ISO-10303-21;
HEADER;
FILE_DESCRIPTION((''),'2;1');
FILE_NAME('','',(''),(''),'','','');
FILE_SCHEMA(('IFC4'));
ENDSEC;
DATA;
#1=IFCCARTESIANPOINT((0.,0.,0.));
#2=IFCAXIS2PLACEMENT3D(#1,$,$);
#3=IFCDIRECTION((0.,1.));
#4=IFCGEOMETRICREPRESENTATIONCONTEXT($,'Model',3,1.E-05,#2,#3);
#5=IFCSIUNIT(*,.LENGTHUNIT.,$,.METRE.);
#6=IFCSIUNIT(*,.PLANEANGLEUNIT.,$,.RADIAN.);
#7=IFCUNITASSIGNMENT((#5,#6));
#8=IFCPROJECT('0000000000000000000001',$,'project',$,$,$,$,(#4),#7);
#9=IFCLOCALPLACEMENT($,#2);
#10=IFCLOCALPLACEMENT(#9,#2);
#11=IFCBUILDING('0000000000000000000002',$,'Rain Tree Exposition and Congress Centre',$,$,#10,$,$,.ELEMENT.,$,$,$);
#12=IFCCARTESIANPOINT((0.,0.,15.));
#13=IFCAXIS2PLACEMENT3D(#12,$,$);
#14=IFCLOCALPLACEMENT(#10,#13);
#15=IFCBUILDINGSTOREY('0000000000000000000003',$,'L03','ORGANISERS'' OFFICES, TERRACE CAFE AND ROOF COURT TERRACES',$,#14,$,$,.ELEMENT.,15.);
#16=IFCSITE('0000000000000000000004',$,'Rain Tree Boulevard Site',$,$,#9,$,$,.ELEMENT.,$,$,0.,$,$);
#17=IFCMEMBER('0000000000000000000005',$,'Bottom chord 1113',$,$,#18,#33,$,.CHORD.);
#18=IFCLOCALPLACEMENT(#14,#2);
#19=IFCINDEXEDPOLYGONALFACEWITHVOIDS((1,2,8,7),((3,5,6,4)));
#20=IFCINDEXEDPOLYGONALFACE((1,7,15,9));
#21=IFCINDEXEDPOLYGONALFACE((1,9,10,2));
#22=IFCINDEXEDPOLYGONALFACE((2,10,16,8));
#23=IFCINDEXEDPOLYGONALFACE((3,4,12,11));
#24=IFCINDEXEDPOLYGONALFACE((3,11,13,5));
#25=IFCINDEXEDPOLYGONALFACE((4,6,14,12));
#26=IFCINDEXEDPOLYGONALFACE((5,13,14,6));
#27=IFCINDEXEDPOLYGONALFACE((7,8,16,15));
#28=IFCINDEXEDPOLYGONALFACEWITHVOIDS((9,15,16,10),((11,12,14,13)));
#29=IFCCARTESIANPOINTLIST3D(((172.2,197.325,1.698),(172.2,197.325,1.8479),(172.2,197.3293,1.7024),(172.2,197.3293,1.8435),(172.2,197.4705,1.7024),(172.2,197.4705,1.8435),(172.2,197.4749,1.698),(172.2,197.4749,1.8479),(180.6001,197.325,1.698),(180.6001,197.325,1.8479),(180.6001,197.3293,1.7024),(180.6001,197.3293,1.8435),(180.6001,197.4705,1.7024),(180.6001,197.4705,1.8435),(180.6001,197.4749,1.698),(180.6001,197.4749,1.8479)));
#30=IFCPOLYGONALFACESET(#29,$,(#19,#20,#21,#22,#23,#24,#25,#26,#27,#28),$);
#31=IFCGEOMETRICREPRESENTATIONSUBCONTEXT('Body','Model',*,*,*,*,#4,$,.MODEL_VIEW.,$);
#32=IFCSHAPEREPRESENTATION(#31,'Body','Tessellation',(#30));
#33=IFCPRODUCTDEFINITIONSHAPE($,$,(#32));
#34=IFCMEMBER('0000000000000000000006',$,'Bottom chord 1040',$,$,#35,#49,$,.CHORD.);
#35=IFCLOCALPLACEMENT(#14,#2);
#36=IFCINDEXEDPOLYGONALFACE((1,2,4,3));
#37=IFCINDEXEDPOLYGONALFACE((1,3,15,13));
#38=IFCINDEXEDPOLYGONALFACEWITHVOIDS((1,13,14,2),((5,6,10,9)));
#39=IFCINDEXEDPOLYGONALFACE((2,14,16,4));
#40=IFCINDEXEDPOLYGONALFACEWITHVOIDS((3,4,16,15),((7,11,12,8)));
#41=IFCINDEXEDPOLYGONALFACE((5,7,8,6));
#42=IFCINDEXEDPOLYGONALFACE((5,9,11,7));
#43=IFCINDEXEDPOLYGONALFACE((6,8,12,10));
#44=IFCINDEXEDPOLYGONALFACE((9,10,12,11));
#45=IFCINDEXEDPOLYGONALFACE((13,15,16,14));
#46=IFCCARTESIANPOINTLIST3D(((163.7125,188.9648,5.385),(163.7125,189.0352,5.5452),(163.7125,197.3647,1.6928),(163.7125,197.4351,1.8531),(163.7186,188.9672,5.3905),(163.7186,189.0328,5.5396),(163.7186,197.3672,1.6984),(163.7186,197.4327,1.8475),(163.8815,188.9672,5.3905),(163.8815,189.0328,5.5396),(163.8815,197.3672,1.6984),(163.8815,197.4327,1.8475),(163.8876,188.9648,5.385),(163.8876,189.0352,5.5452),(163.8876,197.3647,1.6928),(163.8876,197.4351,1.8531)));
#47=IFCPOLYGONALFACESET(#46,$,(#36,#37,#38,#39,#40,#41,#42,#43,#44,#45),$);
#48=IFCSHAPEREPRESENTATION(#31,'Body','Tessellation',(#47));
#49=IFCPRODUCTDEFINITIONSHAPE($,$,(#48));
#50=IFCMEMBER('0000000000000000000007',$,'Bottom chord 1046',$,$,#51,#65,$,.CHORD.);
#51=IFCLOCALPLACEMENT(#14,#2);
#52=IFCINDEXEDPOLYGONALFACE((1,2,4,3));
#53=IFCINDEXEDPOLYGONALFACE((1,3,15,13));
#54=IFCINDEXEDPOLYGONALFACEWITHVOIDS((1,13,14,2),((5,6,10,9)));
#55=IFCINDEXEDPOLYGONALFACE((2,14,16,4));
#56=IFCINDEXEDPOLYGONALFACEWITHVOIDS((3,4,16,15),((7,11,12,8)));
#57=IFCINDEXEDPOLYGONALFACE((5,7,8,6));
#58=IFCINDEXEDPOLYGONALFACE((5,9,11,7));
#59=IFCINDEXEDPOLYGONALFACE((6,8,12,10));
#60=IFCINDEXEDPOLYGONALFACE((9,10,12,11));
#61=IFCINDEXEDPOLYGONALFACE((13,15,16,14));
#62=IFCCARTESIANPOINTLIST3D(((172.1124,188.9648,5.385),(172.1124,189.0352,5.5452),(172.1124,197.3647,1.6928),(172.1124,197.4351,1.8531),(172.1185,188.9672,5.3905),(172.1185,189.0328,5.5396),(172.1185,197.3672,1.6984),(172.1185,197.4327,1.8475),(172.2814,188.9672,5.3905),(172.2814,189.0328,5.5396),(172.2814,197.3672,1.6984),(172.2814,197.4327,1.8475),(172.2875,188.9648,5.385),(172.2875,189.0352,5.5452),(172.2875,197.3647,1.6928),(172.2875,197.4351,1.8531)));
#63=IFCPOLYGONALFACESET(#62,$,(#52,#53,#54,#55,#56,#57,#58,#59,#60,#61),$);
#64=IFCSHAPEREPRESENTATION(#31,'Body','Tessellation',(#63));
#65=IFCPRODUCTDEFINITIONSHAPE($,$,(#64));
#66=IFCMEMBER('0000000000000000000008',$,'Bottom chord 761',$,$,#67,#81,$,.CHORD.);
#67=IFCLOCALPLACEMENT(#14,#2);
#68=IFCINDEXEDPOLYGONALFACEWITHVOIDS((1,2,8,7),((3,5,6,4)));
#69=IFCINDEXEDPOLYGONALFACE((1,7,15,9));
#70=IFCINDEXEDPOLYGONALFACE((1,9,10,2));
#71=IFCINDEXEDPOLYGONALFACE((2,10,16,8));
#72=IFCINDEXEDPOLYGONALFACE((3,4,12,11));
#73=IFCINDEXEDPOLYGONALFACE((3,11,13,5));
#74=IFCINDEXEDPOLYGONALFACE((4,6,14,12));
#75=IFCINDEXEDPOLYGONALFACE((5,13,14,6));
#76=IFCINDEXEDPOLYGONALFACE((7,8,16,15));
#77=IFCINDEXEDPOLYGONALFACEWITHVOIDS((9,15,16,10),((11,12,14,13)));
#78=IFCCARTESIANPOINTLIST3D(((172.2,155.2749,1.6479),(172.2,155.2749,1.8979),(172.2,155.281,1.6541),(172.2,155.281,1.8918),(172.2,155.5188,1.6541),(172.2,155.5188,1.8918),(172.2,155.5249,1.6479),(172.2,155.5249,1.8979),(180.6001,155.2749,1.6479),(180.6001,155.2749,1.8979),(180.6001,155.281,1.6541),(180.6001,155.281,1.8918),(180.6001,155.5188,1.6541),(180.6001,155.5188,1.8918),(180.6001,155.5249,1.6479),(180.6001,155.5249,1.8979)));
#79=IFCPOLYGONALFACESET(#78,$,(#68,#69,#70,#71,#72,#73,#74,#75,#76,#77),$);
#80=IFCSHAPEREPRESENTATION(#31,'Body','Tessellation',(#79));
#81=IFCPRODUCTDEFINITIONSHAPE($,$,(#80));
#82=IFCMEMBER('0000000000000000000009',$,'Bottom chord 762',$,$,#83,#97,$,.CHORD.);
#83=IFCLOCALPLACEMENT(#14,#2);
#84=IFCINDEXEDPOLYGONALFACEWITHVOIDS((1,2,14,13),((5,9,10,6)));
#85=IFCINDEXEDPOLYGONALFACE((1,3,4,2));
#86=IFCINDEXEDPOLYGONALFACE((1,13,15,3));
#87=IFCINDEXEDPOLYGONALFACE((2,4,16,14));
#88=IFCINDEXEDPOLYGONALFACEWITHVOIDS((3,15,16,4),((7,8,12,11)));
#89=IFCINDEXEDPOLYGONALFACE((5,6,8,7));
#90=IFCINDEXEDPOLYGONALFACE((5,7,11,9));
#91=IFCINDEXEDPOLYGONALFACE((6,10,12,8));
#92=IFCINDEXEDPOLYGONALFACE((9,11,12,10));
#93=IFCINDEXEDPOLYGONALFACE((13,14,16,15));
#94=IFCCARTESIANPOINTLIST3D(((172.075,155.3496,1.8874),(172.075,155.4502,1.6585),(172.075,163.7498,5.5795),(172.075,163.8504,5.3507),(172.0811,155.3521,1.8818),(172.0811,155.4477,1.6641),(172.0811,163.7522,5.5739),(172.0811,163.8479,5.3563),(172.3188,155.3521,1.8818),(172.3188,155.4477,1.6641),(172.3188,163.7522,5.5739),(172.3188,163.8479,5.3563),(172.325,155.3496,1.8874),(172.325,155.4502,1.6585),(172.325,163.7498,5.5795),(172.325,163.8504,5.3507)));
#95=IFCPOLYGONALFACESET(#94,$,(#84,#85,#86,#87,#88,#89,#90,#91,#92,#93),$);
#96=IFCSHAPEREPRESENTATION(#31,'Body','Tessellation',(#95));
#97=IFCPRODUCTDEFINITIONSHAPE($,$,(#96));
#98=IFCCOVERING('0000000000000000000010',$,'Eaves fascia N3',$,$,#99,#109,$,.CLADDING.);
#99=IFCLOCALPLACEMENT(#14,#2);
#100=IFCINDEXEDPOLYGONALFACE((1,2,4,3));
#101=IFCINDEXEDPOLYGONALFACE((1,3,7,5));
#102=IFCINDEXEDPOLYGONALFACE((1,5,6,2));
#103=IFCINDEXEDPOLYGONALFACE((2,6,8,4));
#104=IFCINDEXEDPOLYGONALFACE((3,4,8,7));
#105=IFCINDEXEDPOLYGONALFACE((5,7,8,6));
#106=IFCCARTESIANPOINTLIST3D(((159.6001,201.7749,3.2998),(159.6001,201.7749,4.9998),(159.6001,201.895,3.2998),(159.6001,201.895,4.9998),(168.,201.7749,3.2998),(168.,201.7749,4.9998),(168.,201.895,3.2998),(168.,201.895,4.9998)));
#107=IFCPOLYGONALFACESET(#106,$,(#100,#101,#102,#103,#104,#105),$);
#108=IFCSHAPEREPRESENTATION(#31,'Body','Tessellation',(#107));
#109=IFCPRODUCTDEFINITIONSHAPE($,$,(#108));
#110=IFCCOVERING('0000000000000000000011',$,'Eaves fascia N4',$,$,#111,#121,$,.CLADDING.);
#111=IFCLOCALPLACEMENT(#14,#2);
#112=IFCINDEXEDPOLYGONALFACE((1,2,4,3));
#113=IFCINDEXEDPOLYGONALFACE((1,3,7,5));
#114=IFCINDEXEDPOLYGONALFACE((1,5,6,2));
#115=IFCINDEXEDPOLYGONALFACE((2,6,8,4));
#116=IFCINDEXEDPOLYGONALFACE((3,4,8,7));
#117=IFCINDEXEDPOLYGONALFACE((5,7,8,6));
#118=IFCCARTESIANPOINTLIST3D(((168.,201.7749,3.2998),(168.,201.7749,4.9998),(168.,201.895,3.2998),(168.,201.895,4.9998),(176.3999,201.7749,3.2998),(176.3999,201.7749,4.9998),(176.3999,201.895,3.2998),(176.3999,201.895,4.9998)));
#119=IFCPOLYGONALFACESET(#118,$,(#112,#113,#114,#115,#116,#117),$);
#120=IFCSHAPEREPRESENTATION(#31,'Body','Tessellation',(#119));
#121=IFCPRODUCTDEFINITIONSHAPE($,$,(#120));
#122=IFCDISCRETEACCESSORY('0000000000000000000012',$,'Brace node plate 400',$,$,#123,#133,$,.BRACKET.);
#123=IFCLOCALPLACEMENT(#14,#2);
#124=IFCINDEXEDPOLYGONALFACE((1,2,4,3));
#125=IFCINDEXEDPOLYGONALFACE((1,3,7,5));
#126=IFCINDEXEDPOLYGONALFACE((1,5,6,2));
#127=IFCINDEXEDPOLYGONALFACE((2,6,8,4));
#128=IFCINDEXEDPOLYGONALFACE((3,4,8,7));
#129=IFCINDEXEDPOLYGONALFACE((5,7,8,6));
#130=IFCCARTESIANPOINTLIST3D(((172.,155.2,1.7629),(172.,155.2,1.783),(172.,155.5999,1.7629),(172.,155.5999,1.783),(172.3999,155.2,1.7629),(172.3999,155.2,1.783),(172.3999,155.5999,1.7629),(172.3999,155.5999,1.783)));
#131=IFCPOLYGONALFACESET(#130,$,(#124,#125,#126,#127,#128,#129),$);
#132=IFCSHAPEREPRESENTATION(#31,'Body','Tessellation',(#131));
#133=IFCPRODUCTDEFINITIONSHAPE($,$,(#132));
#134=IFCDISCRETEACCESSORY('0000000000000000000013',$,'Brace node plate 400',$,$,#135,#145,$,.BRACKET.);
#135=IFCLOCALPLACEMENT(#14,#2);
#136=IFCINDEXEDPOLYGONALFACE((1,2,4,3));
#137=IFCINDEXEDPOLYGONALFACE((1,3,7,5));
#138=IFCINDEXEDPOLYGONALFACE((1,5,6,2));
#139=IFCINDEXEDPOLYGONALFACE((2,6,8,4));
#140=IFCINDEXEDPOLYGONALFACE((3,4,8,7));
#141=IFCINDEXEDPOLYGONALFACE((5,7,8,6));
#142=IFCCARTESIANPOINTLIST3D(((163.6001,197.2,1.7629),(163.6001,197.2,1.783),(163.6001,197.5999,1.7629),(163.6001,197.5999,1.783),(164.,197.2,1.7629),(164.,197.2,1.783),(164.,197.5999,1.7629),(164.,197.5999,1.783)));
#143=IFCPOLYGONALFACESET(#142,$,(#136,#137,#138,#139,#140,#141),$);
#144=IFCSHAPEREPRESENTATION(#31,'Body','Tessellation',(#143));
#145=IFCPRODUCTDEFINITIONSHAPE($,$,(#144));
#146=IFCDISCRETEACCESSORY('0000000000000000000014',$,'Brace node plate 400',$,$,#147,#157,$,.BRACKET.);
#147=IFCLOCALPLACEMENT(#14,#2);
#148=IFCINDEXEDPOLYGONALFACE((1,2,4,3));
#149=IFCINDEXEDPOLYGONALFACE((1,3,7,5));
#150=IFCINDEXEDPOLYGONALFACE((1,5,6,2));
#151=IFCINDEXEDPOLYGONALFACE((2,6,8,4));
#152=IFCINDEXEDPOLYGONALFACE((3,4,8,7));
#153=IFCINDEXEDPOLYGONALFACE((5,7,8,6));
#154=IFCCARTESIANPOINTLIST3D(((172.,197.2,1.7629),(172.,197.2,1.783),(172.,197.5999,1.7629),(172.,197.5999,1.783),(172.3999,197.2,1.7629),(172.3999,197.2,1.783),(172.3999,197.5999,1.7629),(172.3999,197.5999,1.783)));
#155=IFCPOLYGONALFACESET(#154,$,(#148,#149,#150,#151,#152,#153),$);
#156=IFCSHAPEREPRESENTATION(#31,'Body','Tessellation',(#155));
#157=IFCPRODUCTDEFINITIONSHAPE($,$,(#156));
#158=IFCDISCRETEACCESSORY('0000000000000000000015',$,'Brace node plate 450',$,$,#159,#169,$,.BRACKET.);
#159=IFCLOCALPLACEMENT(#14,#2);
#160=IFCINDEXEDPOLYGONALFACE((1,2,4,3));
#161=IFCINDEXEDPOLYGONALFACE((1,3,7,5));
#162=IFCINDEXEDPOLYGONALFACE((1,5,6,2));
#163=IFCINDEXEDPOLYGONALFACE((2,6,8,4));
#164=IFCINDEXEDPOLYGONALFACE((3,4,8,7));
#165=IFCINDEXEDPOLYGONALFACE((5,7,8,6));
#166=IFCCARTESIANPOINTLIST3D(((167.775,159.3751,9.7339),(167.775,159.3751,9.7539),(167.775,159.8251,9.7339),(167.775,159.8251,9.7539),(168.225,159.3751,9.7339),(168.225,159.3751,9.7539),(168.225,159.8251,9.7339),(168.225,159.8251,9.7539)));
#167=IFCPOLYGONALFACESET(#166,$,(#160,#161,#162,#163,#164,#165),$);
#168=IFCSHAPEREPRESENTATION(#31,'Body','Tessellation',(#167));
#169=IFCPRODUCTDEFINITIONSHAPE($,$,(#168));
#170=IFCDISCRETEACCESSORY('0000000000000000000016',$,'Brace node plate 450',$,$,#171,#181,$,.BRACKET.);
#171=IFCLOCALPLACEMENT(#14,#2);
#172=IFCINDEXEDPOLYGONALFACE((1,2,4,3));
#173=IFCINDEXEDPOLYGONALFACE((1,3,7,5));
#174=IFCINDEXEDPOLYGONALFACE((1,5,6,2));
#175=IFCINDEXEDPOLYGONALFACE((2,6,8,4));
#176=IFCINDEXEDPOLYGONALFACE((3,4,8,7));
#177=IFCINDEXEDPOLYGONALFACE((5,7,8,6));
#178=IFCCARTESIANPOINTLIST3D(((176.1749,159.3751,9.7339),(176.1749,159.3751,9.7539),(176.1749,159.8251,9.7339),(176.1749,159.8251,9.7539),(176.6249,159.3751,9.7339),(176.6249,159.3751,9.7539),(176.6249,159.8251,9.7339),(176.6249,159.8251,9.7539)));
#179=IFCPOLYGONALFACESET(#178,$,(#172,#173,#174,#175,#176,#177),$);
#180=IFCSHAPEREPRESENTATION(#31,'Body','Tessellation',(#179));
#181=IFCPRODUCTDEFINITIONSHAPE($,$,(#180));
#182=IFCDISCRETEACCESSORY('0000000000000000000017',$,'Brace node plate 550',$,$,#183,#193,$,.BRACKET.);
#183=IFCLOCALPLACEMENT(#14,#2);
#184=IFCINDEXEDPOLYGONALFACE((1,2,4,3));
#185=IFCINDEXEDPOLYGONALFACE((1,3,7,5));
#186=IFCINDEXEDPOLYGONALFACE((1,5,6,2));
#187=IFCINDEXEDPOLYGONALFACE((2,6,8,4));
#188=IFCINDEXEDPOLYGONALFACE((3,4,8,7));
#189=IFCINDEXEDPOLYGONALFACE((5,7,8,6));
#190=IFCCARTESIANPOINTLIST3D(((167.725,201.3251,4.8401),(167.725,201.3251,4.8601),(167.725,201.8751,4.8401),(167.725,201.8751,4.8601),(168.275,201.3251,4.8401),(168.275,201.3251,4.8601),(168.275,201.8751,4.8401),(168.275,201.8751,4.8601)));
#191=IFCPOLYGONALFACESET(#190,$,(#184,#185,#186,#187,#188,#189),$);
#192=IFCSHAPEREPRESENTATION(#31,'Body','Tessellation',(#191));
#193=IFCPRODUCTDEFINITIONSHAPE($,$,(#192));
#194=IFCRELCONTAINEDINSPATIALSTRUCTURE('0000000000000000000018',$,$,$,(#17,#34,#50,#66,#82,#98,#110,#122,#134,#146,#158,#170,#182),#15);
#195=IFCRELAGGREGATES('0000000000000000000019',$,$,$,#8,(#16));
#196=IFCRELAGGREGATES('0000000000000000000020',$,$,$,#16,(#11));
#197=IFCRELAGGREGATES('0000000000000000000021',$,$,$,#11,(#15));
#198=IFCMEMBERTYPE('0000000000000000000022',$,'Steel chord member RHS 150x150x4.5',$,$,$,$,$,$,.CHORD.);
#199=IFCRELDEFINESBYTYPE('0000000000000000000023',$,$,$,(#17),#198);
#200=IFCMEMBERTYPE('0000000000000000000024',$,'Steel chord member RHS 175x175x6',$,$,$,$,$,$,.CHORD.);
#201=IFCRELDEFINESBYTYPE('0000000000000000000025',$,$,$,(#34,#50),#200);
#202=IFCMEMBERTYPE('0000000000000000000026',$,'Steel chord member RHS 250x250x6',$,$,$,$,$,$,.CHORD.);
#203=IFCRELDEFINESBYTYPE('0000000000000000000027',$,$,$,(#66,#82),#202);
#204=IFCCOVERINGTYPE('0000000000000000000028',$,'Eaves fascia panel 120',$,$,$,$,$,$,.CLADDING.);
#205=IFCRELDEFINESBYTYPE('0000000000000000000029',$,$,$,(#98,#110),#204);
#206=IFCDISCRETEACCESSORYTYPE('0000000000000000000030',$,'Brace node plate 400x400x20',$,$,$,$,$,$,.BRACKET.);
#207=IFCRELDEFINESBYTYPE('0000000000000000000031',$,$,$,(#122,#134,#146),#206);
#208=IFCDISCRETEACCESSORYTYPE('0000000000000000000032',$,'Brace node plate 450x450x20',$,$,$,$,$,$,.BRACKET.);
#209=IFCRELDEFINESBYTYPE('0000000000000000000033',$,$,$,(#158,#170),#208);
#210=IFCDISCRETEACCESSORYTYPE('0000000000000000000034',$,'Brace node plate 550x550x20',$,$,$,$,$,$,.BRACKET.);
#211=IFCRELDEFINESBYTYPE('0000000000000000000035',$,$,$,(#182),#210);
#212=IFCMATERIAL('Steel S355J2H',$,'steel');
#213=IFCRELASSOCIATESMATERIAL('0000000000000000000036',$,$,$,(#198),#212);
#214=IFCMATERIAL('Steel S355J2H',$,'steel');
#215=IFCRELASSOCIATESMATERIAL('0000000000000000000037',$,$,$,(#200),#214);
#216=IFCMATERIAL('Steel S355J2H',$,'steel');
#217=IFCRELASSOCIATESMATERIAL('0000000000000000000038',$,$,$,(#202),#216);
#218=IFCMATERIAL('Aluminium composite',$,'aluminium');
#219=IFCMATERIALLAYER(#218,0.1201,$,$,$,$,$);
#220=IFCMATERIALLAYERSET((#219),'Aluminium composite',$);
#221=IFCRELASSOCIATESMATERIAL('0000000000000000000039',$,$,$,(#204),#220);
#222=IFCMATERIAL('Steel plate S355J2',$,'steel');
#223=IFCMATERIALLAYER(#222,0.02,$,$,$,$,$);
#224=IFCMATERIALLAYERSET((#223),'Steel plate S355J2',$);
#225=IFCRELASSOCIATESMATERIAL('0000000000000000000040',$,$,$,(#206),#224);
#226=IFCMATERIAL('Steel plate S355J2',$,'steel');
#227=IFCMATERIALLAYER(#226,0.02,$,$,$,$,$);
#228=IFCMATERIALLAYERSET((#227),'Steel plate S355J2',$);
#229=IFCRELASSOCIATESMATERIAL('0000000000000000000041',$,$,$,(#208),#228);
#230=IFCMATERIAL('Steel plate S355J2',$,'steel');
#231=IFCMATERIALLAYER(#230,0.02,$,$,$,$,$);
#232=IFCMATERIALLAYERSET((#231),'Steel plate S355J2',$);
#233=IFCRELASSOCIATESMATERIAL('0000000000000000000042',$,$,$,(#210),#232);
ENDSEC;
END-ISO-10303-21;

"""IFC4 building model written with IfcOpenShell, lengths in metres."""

from ifc_helpers import new_model, si_unit, direction, frame, origin, origin_2d, place, context, subcontext, project, spatial, rectangle, hollow_rectangle, extrude, material, layer, layer_set, material_profile, profile_set, type_object, element, save


model = new_model("IFC4")

# Units and contexts
model_context = context("Model", 3, precision=1e-05, world=origin(), true_north=direction((0.0, 1.0)))
body_context = subcontext(model_context, "Body", "Model", "MODEL_VIEW")
ifc_project = project(units=[si_unit("LENGTHUNIT", "METRE"), si_unit("PLANEANGLEUNIT", "RADIAN")], contexts=[model_context])

# Site, building, storey
site_placement = place(None, origin())
site = spatial("IfcSite", under=ifc_project, at=site_placement, Name="Rain Tree Boulevard Site", CompositionType="ELEMENT", RefElevation=0.0)
building_placement = place(site_placement, origin())
building = spatial("IfcBuilding", under=site, at=building_placement, Name="Rain Tree Exposition and Congress Centre", CompositionType="ELEMENT")
storey_placement = place(building_placement, frame((0.0, 0.0, 15.0)))
storey = spatial("IfcBuildingStorey", under=building, at=storey_placement, Name="L03", Description="ORGANISERS' OFFICES, TERRACE CAFE AND ROOF COURT TERRACES", CompositionType="ELEMENT", Elevation=15.0)

# Members
ifc_material_1 = material(Name="Steel S355J2H", Category="steel")
ifc_material_profile_1 = material_profile(ifc_material_1, hollow_rectangle(XDim=0.1499, YDim=0.1499, WallThickness=0.0044, at=origin_2d()), Name="RHS 150x150x4.5")
ifc_profile_set_1 = profile_set([ifc_material_profile_1], Name="Steel S355J2H")
member_type_1 = type_object("IfcMemberType", Name="Steel chord member RHS 150x150x4.5", PredefinedType="CHORD", material=ifc_profile_set_1)
member_1_placement = place(storey_placement, frame((172.2, 197.3999, 1.7729), z_axis=(1.0, 0.0, 0.0), x_axis=(0.0, 1.0, 0.0)))
element("IfcMember", 1, at=member_1_placement, inside=storey, type_object=member_type_1, Name="Bottom chord 1113", PredefinedType="CHORD", context=body_context, shape_type="SweptSolid", body=[
    extrude(hollow_rectangle(XDim=0.1499, YDim=0.1499, WallThickness=0.0044, at=origin_2d()), origin(), (0.0, 0.0, 1.0), 8.4001),
])
ifc_material_2 = material(Name="Steel S355J2H", Category="steel")
ifc_material_profile_2 = material_profile(ifc_material_2, hollow_rectangle(XDim=0.175, YDim=0.175, WallThickness=0.0061, at=origin_2d()), Name="RHS 175x175x6")
ifc_profile_set_2 = profile_set([ifc_material_profile_2], Name="Steel S355J2H")
member_type_2 = type_object("IfcMemberType", Name="Steel chord member RHS 175x175x6", PredefinedType="CHORD", material=ifc_profile_set_2)
for number, where, z_axis, x_axis, name in (
    (2, (163.8, 189.0, 5.4651), (0.0, 0.915468, -0.40239), (-1.0, 0.0, 0.0), "Bottom chord 1040"),
    (3, (172.2, 189.0, 5.4651), (0.0, 0.915468, -0.40239), (-1.0, 0.0, 0.0), "Bottom chord 1046"),
):
    element("IfcMember", number, at=place(storey_placement, frame(where, z_axis=z_axis, x_axis=x_axis)), inside=storey, type_object=member_type_2, Name=name, PredefinedType="CHORD", context=body_context, shape_type="SweptSolid", body=[
        extrude(hollow_rectangle(XDim=0.175, YDim=0.175, WallThickness=0.0061, at=origin_2d()), origin(), (0.0, 0.0, 1.0), 9.1755),
    ])
ifc_material_3 = material(Name="Steel S355J2H", Category="steel")
ifc_material_profile_3 = material_profile(ifc_material_3, hollow_rectangle(XDim=0.25, YDim=0.25, WallThickness=0.0061, at=origin_2d()), Name="RHS 250x250x6")
ifc_profile_set_3 = profile_set([ifc_material_profile_3], Name="Steel S355J2H")
member_type_3 = type_object("IfcMemberType", Name="Steel chord member RHS 250x250x6", PredefinedType="CHORD", material=ifc_profile_set_3)
member_2_placement = place(storey_placement, frame((172.2, 155.3999, 1.7729), z_axis=(1.0, 0.0, 0.0), x_axis=(0.0, 1.0, 0.0)))
element("IfcMember", 4, at=member_2_placement, inside=storey, type_object=member_type_3, Name="Bottom chord 761", PredefinedType="CHORD", context=body_context, shape_type="SweptSolid", body=[
    extrude(hollow_rectangle(XDim=0.25, YDim=0.25, WallThickness=0.0061, at=origin_2d()), origin(), (0.0, 0.0, 1.0), 8.4001),
])
member_3_placement = place(storey_placement, frame((172.2, 155.3999, 1.7729), z_axis=(0.0, 0.915473, 0.40238), x_axis=(-1.0, 0.0, 0.0)))
element("IfcMember", 5, at=member_3_placement, inside=storey, type_object=member_type_3, Name="Bottom chord 762", PredefinedType="CHORD", context=body_context, shape_type="SweptSolid", body=[
    extrude(hollow_rectangle(XDim=0.25, YDim=0.25, WallThickness=0.0061, at=origin_2d()), origin(), (0.0, 0.0, 1.0), 9.1758),
])

# Coverings
ifc_material_4 = material(Name="Aluminium composite", Category="aluminium")
ifc_layer_1 = layer(ifc_material_4, 0.1201)
ifc_layer_set_1 = layer_set([ifc_layer_1], Name="Aluminium composite")
covering_type = type_object("IfcCoveringType", Name="Eaves fascia panel 120", PredefinedType="CLADDING", material=ifc_layer_set_1)
for number, where, z_axis, x_axis, name in (
    (6, (163.8, 201.835, 3.2998), (0.0, 0.0, 1.0), (1.0, 0.0, 0.0), "Eaves fascia N3"),
    (7, (172.2, 201.835, 3.2998), (0.0, 0.0, 1.0), (1.0, 0.0, 0.0), "Eaves fascia N4"),
):
    element("IfcCovering", number, at=place(storey_placement, frame(where, z_axis=z_axis, x_axis=x_axis)), inside=storey, type_object=covering_type, Name=name, PredefinedType="CLADDING", context=body_context, shape_type="SweptSolid", body=[
        extrude(rectangle(XDim=8.3999, YDim=0.1201, at=origin_2d()), origin(), (0.0, 0.0, 1.0), 1.7),
    ])

# Discrete accessories
ifc_material_5 = material(Name="Steel plate S355J2", Category="steel")
ifc_layer_2 = layer(ifc_material_5, 0.02)
ifc_layer_set_2 = layer_set([ifc_layer_2], Name="Steel plate S355J2")
discrete_accessory_type_1 = type_object("IfcDiscreteAccessoryType", Name="Brace node plate 400x400x20", PredefinedType="BRACKET", material=ifc_layer_set_2)
for number, where, z_axis, x_axis, name in (
    (8, (172.2, 155.3999, 1.7629), (0.0, 0.0, 1.0), (1.0, 0.0, 0.0), "Brace node plate 400"),
    (9, (163.8, 197.3999, 1.7629), (0.0, 0.0, 1.0), (1.0, 0.0, 0.0), "Brace node plate 400"),
    (10, (172.2, 197.3999, 1.7629), (0.0, 0.0, 1.0), (1.0, 0.0, 0.0), "Brace node plate 400"),
):
    element("IfcDiscreteAccessory", number, at=place(storey_placement, frame(where, z_axis=z_axis, x_axis=x_axis)), inside=storey, type_object=discrete_accessory_type_1, Name=name, PredefinedType="BRACKET", context=body_context, shape_type="SweptSolid", body=[
        extrude(rectangle(XDim=0.3999, YDim=0.3999, at=origin_2d()), origin(), (0.0, 0.0, 1.0), 0.02),
    ])
ifc_material_6 = material(Name="Steel plate S355J2", Category="steel")
ifc_layer_3 = layer(ifc_material_6, 0.02)
ifc_layer_set_3 = layer_set([ifc_layer_3], Name="Steel plate S355J2")
discrete_accessory_type_2 = type_object("IfcDiscreteAccessoryType", Name="Brace node plate 450x450x20", PredefinedType="BRACKET", material=ifc_layer_set_3)
for number, where, z_axis, x_axis, name in (
    (11, (168.0, 159.6001, 9.7339), (0.0, 0.0, 1.0), (1.0, 0.0, 0.0), "Brace node plate 450"),
    (12, (176.3999, 159.6001, 9.7339), (0.0, 0.0, 1.0), (1.0, 0.0, 0.0), "Brace node plate 450"),
):
    element("IfcDiscreteAccessory", number, at=place(storey_placement, frame(where, z_axis=z_axis, x_axis=x_axis)), inside=storey, type_object=discrete_accessory_type_2, Name=name, PredefinedType="BRACKET", context=body_context, shape_type="SweptSolid", body=[
        extrude(rectangle(XDim=0.45, YDim=0.45, at=origin_2d()), origin(), (0.0, 0.0, 1.0), 0.02),
    ])
ifc_material_7 = material(Name="Steel plate S355J2", Category="steel")
ifc_layer_4 = layer(ifc_material_7, 0.02)
ifc_layer_set_4 = layer_set([ifc_layer_4], Name="Steel plate S355J2")
discrete_accessory_type_3 = type_object("IfcDiscreteAccessoryType", Name="Brace node plate 550x550x20", PredefinedType="BRACKET", material=ifc_layer_set_4)
for number, where, z_axis, x_axis, name in (
    (13, (168.0, 201.6001, 4.8401), (0.0, 0.0, 1.0), (1.0, 0.0, 0.0), "Brace node plate 550"),
):
    element("IfcDiscreteAccessory", number, at=place(storey_placement, frame(where, z_axis=z_axis, x_axis=x_axis)), inside=storey, type_object=discrete_accessory_type_3, Name=name, PredefinedType="BRACKET", context=body_context, shape_type="SweptSolid", body=[
        extrude(rectangle(XDim=0.55, YDim=0.55, at=origin_2d()), origin(), (0.0, 0.0, 1.0), 0.02),
    ])

save(model, "model.ifc")
